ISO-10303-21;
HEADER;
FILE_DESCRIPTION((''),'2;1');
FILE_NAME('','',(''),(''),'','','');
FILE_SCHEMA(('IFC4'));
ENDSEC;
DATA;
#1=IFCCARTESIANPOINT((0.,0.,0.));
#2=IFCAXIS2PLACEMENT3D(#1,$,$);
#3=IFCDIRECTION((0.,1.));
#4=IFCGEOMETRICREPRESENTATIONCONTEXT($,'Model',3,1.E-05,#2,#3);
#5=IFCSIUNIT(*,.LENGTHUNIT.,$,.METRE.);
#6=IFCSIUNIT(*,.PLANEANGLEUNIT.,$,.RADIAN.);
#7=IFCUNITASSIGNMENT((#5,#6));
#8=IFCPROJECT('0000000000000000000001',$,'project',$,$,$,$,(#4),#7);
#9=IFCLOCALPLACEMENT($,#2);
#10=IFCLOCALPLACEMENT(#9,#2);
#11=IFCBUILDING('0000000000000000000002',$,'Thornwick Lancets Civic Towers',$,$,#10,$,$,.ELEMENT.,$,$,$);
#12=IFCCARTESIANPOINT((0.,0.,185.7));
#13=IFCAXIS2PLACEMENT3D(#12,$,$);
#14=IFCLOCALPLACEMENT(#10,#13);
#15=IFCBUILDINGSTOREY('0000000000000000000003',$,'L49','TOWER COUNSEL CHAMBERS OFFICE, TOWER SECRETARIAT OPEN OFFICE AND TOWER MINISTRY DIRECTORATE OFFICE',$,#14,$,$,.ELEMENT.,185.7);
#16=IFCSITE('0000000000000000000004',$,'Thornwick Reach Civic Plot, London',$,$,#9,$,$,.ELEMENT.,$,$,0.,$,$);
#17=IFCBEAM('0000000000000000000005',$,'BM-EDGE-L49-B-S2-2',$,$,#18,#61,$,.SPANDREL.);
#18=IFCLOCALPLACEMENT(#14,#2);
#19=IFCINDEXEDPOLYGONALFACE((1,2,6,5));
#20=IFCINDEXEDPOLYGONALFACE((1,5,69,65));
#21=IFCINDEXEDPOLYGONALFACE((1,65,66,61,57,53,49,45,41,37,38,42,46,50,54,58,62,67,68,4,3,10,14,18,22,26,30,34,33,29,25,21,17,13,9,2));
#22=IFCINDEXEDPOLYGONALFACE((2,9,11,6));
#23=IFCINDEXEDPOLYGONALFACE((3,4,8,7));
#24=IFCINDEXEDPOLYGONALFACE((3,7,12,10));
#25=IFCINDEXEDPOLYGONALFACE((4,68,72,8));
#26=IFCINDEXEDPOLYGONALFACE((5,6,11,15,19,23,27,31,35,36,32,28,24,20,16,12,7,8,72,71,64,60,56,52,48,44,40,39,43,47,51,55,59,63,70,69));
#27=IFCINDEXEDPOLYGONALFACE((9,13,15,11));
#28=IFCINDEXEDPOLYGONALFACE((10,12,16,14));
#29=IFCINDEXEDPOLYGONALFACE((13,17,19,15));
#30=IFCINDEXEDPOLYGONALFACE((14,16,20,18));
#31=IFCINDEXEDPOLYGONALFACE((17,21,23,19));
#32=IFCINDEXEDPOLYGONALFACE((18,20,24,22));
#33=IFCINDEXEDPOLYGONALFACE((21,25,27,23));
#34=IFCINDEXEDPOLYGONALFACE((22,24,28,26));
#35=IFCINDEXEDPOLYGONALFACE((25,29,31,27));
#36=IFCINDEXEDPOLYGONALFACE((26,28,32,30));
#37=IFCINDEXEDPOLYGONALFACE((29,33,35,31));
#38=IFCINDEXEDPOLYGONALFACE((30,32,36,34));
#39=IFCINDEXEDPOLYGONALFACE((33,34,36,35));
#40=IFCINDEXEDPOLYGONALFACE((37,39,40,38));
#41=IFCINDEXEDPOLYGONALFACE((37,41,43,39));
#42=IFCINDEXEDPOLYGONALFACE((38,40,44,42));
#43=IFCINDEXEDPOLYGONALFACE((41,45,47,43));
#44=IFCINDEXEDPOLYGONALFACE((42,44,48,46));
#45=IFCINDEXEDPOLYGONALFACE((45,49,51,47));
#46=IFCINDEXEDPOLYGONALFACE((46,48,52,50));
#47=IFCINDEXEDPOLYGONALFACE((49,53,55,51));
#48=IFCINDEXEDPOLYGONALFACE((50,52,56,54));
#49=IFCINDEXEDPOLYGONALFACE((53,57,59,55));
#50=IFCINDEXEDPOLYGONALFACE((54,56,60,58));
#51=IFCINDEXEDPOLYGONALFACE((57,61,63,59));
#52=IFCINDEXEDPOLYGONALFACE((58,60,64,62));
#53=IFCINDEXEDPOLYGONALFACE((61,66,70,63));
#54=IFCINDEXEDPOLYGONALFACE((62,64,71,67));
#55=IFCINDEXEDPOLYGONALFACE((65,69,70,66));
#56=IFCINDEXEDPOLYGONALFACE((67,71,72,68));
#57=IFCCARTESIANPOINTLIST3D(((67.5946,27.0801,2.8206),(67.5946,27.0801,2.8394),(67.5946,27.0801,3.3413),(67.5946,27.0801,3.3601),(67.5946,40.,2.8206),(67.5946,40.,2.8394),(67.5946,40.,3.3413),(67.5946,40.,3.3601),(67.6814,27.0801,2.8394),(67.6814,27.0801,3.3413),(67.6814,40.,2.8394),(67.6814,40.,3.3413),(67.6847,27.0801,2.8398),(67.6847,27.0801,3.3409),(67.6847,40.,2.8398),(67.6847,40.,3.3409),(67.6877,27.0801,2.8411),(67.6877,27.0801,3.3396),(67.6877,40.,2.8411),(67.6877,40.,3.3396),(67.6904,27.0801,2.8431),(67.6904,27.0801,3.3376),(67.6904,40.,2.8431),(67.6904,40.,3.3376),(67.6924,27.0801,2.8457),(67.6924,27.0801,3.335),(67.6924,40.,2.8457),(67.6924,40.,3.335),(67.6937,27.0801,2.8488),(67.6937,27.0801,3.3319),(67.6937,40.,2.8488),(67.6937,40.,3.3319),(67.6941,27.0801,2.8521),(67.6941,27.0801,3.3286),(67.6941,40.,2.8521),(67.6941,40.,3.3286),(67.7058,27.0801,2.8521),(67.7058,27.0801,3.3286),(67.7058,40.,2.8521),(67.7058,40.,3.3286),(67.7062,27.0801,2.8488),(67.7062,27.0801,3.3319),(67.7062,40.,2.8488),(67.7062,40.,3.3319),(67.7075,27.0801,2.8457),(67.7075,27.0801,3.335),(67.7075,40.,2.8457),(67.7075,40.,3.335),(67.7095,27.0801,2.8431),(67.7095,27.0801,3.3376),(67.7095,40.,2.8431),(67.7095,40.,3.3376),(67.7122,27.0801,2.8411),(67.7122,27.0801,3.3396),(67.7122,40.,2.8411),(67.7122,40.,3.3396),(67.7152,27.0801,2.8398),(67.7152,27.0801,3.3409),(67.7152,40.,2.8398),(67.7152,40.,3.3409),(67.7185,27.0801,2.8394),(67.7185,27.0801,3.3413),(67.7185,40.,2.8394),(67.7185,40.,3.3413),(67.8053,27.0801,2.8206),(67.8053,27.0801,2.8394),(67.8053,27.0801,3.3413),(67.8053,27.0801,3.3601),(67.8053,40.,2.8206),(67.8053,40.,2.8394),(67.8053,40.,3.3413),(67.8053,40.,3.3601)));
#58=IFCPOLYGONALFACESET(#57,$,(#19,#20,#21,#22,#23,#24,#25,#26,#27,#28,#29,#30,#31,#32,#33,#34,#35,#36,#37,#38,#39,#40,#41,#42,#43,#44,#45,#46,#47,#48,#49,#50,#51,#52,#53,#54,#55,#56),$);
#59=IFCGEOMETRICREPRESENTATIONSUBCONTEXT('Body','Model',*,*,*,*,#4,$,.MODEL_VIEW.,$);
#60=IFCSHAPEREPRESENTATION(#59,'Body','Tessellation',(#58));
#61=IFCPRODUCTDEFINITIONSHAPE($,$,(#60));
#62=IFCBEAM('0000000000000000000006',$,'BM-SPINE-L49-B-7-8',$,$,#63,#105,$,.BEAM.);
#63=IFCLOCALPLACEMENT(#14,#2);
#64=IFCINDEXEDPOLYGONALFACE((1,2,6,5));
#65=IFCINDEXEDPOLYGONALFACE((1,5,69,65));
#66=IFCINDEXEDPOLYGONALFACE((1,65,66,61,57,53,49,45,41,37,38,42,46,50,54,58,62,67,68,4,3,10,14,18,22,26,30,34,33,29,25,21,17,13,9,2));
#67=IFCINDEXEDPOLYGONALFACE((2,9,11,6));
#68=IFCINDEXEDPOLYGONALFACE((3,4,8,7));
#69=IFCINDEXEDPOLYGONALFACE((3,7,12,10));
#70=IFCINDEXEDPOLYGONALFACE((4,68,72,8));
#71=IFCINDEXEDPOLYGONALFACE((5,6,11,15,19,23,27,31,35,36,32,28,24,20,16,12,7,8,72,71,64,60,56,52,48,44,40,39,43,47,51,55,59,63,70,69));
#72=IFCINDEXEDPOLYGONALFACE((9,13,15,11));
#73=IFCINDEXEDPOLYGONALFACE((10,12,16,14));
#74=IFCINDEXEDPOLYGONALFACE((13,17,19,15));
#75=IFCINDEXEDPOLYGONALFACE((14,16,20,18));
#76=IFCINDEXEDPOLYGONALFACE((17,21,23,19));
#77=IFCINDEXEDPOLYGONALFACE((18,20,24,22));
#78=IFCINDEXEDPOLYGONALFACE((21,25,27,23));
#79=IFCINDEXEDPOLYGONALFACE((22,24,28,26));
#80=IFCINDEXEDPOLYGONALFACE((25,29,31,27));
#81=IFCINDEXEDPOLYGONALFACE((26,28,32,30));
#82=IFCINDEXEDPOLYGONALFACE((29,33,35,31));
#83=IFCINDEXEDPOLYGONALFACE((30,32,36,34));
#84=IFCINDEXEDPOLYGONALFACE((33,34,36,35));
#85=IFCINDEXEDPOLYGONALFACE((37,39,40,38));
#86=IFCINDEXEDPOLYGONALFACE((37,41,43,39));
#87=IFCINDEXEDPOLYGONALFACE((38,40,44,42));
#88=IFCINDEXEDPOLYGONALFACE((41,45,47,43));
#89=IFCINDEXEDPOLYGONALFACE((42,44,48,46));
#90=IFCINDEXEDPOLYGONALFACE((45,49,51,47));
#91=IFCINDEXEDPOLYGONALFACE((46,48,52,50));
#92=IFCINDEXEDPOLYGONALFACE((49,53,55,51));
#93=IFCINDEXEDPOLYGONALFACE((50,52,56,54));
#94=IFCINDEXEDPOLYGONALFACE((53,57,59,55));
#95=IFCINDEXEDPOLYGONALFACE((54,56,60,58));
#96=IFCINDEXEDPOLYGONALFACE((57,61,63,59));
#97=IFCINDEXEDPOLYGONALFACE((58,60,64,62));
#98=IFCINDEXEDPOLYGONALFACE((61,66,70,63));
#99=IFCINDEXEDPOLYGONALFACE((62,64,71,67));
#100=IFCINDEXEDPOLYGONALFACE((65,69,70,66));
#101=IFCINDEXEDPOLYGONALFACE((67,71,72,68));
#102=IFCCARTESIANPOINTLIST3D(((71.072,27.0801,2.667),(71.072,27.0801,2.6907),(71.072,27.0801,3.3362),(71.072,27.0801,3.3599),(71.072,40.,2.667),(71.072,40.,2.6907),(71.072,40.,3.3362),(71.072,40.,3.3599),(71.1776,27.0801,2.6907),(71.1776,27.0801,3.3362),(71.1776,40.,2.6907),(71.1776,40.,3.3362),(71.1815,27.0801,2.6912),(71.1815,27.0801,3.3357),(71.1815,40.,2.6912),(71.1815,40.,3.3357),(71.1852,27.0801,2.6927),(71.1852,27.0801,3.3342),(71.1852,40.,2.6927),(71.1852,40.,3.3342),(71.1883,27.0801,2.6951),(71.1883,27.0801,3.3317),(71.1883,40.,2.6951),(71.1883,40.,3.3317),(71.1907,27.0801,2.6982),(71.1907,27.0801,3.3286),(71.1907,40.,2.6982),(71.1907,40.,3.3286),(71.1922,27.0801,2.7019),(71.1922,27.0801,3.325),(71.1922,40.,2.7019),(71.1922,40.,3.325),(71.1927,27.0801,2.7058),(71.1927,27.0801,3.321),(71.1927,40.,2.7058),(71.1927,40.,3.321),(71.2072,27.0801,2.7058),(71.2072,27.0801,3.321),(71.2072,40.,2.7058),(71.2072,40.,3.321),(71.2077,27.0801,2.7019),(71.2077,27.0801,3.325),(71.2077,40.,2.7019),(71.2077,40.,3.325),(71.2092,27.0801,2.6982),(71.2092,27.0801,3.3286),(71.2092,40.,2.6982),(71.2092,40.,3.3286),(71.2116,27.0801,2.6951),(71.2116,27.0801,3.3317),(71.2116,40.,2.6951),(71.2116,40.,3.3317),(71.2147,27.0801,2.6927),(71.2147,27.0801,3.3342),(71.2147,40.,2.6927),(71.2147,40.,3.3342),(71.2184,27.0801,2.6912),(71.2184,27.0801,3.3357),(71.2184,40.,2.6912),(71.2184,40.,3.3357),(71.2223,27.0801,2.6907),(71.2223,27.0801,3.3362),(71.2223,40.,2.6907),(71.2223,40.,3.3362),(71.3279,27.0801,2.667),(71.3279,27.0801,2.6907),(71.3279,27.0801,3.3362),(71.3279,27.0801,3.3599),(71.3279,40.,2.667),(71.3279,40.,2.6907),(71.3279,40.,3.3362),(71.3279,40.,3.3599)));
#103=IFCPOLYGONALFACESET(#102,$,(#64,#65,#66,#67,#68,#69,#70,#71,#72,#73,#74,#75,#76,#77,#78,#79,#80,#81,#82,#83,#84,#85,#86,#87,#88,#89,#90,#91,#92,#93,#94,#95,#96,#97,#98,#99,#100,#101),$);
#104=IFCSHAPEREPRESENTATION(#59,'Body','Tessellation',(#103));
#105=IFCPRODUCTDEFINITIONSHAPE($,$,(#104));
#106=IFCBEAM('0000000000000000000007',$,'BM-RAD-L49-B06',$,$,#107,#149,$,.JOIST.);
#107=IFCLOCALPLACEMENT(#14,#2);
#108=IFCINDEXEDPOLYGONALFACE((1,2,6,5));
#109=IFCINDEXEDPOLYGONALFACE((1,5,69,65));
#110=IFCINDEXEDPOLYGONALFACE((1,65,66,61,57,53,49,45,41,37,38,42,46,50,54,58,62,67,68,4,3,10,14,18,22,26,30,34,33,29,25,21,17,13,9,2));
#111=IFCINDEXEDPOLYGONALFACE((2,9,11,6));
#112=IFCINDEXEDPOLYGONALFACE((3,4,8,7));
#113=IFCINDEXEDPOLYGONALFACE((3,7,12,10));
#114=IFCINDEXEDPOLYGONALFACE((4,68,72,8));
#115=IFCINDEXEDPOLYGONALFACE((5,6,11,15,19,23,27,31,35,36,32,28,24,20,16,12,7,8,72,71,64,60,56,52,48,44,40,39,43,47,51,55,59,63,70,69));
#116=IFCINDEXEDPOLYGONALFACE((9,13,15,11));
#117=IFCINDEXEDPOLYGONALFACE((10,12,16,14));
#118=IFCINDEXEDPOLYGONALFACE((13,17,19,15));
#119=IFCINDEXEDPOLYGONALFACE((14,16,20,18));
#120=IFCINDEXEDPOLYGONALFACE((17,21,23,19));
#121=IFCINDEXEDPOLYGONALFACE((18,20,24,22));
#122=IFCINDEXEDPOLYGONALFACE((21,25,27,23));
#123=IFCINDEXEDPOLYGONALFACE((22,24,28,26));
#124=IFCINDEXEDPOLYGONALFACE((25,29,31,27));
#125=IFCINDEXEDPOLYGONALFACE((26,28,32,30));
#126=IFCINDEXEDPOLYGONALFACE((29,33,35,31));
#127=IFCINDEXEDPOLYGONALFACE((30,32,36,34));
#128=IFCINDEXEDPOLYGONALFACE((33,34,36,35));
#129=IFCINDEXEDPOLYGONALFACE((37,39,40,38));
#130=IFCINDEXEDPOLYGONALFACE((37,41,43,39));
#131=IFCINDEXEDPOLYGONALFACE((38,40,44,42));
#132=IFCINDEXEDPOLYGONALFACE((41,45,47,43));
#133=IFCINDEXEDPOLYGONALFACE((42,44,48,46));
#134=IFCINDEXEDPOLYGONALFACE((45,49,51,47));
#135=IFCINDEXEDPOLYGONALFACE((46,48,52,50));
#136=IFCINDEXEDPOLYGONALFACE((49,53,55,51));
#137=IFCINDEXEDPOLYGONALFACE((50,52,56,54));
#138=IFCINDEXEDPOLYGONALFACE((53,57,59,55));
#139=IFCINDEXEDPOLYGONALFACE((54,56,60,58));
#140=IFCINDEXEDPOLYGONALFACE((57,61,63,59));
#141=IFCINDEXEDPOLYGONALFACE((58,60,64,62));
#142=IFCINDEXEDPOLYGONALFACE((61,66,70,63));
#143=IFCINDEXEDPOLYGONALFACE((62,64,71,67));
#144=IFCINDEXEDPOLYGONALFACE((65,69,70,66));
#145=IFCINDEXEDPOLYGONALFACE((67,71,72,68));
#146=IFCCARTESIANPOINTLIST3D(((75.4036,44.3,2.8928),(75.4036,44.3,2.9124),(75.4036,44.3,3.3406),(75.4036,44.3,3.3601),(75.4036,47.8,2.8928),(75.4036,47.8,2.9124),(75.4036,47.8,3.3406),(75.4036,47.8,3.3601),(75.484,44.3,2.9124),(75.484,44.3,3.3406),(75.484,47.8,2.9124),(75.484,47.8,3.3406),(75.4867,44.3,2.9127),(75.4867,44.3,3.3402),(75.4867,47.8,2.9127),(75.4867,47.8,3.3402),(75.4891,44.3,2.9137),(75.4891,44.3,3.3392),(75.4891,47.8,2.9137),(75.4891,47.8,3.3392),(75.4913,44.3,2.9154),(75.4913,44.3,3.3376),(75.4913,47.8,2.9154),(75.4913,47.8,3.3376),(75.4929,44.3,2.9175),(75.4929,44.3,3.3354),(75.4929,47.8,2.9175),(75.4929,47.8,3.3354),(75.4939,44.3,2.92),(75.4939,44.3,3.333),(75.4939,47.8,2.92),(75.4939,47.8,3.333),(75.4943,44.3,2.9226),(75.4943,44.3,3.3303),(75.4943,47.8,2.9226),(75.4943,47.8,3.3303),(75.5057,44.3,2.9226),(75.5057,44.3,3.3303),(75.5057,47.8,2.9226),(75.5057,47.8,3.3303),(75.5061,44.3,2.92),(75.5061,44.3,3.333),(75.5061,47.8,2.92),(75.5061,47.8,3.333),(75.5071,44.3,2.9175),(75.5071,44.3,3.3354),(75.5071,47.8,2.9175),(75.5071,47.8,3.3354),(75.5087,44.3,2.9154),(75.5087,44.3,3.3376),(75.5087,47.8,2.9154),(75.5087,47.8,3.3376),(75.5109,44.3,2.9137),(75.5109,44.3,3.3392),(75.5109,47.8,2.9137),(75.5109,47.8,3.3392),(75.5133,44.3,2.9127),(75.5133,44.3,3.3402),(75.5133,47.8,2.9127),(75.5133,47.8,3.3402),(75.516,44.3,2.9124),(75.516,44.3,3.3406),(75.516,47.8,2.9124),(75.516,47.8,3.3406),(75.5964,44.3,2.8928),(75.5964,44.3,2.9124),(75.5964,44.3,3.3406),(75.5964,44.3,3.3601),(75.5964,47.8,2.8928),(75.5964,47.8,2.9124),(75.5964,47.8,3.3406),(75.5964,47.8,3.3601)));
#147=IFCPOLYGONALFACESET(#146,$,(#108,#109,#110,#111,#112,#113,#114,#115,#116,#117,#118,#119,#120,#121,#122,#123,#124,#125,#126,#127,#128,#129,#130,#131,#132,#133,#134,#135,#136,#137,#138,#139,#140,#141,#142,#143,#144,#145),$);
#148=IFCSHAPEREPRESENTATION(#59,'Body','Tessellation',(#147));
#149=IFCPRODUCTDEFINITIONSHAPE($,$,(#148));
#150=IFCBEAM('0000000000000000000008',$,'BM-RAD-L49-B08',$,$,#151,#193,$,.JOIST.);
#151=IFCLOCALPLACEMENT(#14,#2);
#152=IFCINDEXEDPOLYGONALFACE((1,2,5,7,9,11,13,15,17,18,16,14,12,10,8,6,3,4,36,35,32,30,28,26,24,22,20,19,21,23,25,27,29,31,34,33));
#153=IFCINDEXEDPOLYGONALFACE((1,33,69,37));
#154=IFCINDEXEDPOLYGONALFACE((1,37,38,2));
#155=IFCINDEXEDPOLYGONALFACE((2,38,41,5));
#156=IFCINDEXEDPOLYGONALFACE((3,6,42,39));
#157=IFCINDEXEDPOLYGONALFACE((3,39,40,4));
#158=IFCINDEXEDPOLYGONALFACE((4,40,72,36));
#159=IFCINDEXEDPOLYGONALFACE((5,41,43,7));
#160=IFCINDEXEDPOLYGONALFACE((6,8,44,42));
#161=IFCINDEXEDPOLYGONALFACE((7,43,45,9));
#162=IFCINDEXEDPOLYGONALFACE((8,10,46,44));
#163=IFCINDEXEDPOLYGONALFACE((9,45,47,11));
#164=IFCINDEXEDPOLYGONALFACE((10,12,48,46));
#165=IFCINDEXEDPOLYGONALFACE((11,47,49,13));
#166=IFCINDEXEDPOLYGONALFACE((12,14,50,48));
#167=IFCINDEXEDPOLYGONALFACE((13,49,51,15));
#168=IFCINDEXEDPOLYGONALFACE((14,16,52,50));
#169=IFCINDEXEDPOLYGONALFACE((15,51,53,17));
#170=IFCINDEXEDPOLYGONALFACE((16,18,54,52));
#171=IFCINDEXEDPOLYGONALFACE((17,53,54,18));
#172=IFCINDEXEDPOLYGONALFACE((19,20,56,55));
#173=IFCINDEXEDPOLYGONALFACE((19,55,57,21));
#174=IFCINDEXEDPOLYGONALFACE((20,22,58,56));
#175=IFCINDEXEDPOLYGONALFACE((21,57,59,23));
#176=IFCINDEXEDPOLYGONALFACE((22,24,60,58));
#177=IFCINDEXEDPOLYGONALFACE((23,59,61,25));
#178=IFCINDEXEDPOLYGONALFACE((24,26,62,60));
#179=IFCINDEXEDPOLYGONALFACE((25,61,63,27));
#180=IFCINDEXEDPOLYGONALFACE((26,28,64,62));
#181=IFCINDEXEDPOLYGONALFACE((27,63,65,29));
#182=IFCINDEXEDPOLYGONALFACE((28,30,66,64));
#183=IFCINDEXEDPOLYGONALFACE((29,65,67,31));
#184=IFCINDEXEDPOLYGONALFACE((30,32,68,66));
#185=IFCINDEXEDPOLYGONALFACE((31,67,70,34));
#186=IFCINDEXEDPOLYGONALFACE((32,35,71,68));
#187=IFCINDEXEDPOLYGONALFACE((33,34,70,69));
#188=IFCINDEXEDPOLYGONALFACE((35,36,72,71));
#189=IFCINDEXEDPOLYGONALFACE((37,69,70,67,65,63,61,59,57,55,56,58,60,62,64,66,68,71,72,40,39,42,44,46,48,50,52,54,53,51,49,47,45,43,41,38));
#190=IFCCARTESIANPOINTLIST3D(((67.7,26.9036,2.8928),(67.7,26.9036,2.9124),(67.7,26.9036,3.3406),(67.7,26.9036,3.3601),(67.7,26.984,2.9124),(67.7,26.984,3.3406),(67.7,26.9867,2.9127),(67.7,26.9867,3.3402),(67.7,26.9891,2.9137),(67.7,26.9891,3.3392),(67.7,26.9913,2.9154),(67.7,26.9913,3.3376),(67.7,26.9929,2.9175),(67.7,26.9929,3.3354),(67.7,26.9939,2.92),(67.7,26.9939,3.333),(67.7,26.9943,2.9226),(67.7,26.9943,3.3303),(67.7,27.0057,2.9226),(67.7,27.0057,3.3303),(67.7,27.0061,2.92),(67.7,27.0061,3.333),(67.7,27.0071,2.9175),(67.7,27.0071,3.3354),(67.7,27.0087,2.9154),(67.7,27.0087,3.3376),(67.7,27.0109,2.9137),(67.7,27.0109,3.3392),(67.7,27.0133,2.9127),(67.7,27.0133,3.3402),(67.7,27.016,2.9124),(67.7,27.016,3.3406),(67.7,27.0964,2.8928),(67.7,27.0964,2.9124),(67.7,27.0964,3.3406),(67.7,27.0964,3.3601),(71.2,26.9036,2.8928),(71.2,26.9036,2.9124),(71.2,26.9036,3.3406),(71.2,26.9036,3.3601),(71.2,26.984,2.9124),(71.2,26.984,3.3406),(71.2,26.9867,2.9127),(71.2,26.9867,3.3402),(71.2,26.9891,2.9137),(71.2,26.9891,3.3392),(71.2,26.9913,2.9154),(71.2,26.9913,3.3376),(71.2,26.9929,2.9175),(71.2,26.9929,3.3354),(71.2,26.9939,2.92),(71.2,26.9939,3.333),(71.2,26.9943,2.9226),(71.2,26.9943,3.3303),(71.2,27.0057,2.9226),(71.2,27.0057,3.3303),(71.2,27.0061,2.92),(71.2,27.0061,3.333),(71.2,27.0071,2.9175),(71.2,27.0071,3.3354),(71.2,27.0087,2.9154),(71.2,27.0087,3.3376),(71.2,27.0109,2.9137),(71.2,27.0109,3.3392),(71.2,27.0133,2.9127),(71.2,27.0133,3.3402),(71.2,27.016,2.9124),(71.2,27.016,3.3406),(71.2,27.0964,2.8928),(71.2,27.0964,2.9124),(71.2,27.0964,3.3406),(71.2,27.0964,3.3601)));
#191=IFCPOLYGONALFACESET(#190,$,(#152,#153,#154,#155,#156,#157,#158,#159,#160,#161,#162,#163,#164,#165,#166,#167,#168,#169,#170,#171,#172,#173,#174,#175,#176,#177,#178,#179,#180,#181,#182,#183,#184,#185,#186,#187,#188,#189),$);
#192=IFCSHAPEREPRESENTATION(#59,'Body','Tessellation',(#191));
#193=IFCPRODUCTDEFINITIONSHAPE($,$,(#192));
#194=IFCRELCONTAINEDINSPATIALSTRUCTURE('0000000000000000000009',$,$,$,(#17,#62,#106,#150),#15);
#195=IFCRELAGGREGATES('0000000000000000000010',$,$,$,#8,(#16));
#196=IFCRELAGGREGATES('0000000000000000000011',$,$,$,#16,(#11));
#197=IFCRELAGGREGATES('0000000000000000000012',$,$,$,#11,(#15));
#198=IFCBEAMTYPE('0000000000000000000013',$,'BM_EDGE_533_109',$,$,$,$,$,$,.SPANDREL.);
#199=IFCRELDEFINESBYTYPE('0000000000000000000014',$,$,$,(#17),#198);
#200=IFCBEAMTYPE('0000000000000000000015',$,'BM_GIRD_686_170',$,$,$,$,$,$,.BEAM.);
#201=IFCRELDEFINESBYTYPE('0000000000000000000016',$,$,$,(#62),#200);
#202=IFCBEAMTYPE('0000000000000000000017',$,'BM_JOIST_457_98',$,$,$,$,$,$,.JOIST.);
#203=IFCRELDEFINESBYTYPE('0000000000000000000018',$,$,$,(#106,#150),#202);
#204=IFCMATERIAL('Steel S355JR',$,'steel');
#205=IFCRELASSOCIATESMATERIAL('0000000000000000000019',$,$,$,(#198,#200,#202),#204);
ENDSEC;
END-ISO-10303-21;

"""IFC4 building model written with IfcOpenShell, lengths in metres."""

from ifc_helpers import new_model, si_unit, direction, frame, origin, origin_2d, place, context, subcontext, project, spatial, i_section, extrude, material, material_profile, profile_set, type_object, element, save


model = new_model("IFC4")

# Units and contexts
model_context = context("Model", 3, precision=1e-05, world=origin(), true_north=direction((0.0, 1.0)))
body_context = subcontext(model_context, "Body", "Model", "MODEL_VIEW")
ifc_project = project(units=[si_unit("LENGTHUNIT", "METRE"), si_unit("PLANEANGLEUNIT", "RADIAN")], contexts=[model_context])

# Site, building, storey
site_placement = place(None, origin())
site = spatial("IfcSite", under=ifc_project, at=site_placement, Name="Thornwick Reach Civic Plot, London", CompositionType="ELEMENT", RefElevation=0.0)
building_placement = place(site_placement, origin())
building = spatial("IfcBuilding", under=site, at=building_placement, Name="Thornwick Lancets Civic Towers", CompositionType="ELEMENT")
storey_placement = place(building_placement, frame((0.0, 0.0, 185.7)))
storey = spatial("IfcBuildingStorey", under=building, at=storey_placement, Name="L49", Description="TOWER COUNSEL CHAMBERS OFFICE, TOWER SECRETARIAT OPEN OFFICE AND TOWER MINISTRY DIRECTORATE OFFICE", CompositionType="ELEMENT", Elevation=185.7)

# Beams
ifc_material_1 = material(Name="Steel S355JR", Category="steel")
ifc_material_profile_1 = material_profile(ifc_material_1, i_section(OverallWidth=0.2107, OverallDepth=0.5396, WebThickness=0.0117, FlangeThickness=0.0188, FilletRadius=0.0127, at=origin_2d()), Name="UKB 533x210x109")
ifc_profile_set_1 = profile_set([ifc_material_profile_1], Name="Steel S355JR")
beam_type_1 = type_object("IfcBeamType", Name="BM_EDGE_533_109", PredefinedType="SPANDREL", material=ifc_profile_set_1)
beam_1_placement = place(storey_placement, frame((67.7, 27.0801, 3.0903), z_axis=(0.0, 1.0, 0.0), x_axis=(-1.0, 0.0, 0.0)))
element("IfcBeam", 1, at=beam_1_placement, inside=storey, type_object=beam_type_1, Name="BM-EDGE-L49-B-S2-2", PredefinedType="SPANDREL", context=body_context, shape_type="SweptSolid", body=[
    extrude(i_section(OverallWidth=0.2107, OverallDepth=0.5396, WebThickness=0.0117, FlangeThickness=0.0188, FilletRadius=0.0127, at=origin_2d()), origin(), (0.0, 0.0, 1.0), 12.9199),
])
ifc_material_profile_2 = material_profile(ifc_material_1, i_section(OverallWidth=0.2559, OverallDepth=0.6929, WebThickness=0.0144, FlangeThickness=0.0237, FilletRadius=0.0151, at=origin_2d()), Name="UKB 686x254x170")
ifc_profile_set_2 = profile_set([ifc_material_profile_2], Name="Steel S355JR")
beam_type_2 = type_object("IfcBeamType", Name="BM_GIRD_686_170", PredefinedType="BEAM", material=ifc_profile_set_2)
beam_2_placement = place(storey_placement, frame((71.2, 27.0801, 3.0134), z_axis=(0.0, 1.0, 0.0), x_axis=(-1.0, 0.0, 0.0)))
element("IfcBeam", 2, at=beam_2_placement, inside=storey, type_object=beam_type_2, Name="BM-SPINE-L49-B-7-8", PredefinedType="BEAM", context=body_context, shape_type="SweptSolid", body=[
    extrude(i_section(OverallWidth=0.2559, OverallDepth=0.6929, WebThickness=0.0144, FlangeThickness=0.0237, FilletRadius=0.0151, at=origin_2d()), origin(), (0.0, 0.0, 1.0), 12.9199),
])
ifc_material_profile_3 = material_profile(ifc_material_1, i_section(OverallWidth=0.1929, OverallDepth=0.4673, WebThickness=0.0115, FlangeThickness=0.0195, FilletRadius=0.0103, at=origin_2d()), Name="UKB 457x191x98")
ifc_profile_set_3 = profile_set([ifc_material_profile_3], Name="Steel S355JR")
beam_type_3 = type_object("IfcBeamType", Name="BM_JOIST_457_98", PredefinedType="JOIST", material=ifc_profile_set_3)
for number, where, z_axis, x_axis, name in (
    (3, (75.5, 44.3, 3.1265), (0.0, 1.0, 0.0), (-1.0, 0.0, 0.0), "BM-RAD-L49-B06"),
    (4, (71.2, 27.0, 3.1265), (-1.0, 0.0, 0.0), (0.0, -1.0, 0.0), "BM-RAD-L49-B08"),
):
    element("IfcBeam", number, at=place(storey_placement, frame(where, z_axis=z_axis, x_axis=x_axis)), inside=storey, type_object=beam_type_3, Name=name, PredefinedType="JOIST", context=body_context, shape_type="SweptSolid", body=[
        extrude(i_section(OverallWidth=0.1929, OverallDepth=0.4673, WebThickness=0.0115, FlangeThickness=0.0195, FilletRadius=0.0103, at=origin_2d()), origin(), (0.0, 0.0, 1.0), 3.5),
    ])

save(model, "model.ifc")
